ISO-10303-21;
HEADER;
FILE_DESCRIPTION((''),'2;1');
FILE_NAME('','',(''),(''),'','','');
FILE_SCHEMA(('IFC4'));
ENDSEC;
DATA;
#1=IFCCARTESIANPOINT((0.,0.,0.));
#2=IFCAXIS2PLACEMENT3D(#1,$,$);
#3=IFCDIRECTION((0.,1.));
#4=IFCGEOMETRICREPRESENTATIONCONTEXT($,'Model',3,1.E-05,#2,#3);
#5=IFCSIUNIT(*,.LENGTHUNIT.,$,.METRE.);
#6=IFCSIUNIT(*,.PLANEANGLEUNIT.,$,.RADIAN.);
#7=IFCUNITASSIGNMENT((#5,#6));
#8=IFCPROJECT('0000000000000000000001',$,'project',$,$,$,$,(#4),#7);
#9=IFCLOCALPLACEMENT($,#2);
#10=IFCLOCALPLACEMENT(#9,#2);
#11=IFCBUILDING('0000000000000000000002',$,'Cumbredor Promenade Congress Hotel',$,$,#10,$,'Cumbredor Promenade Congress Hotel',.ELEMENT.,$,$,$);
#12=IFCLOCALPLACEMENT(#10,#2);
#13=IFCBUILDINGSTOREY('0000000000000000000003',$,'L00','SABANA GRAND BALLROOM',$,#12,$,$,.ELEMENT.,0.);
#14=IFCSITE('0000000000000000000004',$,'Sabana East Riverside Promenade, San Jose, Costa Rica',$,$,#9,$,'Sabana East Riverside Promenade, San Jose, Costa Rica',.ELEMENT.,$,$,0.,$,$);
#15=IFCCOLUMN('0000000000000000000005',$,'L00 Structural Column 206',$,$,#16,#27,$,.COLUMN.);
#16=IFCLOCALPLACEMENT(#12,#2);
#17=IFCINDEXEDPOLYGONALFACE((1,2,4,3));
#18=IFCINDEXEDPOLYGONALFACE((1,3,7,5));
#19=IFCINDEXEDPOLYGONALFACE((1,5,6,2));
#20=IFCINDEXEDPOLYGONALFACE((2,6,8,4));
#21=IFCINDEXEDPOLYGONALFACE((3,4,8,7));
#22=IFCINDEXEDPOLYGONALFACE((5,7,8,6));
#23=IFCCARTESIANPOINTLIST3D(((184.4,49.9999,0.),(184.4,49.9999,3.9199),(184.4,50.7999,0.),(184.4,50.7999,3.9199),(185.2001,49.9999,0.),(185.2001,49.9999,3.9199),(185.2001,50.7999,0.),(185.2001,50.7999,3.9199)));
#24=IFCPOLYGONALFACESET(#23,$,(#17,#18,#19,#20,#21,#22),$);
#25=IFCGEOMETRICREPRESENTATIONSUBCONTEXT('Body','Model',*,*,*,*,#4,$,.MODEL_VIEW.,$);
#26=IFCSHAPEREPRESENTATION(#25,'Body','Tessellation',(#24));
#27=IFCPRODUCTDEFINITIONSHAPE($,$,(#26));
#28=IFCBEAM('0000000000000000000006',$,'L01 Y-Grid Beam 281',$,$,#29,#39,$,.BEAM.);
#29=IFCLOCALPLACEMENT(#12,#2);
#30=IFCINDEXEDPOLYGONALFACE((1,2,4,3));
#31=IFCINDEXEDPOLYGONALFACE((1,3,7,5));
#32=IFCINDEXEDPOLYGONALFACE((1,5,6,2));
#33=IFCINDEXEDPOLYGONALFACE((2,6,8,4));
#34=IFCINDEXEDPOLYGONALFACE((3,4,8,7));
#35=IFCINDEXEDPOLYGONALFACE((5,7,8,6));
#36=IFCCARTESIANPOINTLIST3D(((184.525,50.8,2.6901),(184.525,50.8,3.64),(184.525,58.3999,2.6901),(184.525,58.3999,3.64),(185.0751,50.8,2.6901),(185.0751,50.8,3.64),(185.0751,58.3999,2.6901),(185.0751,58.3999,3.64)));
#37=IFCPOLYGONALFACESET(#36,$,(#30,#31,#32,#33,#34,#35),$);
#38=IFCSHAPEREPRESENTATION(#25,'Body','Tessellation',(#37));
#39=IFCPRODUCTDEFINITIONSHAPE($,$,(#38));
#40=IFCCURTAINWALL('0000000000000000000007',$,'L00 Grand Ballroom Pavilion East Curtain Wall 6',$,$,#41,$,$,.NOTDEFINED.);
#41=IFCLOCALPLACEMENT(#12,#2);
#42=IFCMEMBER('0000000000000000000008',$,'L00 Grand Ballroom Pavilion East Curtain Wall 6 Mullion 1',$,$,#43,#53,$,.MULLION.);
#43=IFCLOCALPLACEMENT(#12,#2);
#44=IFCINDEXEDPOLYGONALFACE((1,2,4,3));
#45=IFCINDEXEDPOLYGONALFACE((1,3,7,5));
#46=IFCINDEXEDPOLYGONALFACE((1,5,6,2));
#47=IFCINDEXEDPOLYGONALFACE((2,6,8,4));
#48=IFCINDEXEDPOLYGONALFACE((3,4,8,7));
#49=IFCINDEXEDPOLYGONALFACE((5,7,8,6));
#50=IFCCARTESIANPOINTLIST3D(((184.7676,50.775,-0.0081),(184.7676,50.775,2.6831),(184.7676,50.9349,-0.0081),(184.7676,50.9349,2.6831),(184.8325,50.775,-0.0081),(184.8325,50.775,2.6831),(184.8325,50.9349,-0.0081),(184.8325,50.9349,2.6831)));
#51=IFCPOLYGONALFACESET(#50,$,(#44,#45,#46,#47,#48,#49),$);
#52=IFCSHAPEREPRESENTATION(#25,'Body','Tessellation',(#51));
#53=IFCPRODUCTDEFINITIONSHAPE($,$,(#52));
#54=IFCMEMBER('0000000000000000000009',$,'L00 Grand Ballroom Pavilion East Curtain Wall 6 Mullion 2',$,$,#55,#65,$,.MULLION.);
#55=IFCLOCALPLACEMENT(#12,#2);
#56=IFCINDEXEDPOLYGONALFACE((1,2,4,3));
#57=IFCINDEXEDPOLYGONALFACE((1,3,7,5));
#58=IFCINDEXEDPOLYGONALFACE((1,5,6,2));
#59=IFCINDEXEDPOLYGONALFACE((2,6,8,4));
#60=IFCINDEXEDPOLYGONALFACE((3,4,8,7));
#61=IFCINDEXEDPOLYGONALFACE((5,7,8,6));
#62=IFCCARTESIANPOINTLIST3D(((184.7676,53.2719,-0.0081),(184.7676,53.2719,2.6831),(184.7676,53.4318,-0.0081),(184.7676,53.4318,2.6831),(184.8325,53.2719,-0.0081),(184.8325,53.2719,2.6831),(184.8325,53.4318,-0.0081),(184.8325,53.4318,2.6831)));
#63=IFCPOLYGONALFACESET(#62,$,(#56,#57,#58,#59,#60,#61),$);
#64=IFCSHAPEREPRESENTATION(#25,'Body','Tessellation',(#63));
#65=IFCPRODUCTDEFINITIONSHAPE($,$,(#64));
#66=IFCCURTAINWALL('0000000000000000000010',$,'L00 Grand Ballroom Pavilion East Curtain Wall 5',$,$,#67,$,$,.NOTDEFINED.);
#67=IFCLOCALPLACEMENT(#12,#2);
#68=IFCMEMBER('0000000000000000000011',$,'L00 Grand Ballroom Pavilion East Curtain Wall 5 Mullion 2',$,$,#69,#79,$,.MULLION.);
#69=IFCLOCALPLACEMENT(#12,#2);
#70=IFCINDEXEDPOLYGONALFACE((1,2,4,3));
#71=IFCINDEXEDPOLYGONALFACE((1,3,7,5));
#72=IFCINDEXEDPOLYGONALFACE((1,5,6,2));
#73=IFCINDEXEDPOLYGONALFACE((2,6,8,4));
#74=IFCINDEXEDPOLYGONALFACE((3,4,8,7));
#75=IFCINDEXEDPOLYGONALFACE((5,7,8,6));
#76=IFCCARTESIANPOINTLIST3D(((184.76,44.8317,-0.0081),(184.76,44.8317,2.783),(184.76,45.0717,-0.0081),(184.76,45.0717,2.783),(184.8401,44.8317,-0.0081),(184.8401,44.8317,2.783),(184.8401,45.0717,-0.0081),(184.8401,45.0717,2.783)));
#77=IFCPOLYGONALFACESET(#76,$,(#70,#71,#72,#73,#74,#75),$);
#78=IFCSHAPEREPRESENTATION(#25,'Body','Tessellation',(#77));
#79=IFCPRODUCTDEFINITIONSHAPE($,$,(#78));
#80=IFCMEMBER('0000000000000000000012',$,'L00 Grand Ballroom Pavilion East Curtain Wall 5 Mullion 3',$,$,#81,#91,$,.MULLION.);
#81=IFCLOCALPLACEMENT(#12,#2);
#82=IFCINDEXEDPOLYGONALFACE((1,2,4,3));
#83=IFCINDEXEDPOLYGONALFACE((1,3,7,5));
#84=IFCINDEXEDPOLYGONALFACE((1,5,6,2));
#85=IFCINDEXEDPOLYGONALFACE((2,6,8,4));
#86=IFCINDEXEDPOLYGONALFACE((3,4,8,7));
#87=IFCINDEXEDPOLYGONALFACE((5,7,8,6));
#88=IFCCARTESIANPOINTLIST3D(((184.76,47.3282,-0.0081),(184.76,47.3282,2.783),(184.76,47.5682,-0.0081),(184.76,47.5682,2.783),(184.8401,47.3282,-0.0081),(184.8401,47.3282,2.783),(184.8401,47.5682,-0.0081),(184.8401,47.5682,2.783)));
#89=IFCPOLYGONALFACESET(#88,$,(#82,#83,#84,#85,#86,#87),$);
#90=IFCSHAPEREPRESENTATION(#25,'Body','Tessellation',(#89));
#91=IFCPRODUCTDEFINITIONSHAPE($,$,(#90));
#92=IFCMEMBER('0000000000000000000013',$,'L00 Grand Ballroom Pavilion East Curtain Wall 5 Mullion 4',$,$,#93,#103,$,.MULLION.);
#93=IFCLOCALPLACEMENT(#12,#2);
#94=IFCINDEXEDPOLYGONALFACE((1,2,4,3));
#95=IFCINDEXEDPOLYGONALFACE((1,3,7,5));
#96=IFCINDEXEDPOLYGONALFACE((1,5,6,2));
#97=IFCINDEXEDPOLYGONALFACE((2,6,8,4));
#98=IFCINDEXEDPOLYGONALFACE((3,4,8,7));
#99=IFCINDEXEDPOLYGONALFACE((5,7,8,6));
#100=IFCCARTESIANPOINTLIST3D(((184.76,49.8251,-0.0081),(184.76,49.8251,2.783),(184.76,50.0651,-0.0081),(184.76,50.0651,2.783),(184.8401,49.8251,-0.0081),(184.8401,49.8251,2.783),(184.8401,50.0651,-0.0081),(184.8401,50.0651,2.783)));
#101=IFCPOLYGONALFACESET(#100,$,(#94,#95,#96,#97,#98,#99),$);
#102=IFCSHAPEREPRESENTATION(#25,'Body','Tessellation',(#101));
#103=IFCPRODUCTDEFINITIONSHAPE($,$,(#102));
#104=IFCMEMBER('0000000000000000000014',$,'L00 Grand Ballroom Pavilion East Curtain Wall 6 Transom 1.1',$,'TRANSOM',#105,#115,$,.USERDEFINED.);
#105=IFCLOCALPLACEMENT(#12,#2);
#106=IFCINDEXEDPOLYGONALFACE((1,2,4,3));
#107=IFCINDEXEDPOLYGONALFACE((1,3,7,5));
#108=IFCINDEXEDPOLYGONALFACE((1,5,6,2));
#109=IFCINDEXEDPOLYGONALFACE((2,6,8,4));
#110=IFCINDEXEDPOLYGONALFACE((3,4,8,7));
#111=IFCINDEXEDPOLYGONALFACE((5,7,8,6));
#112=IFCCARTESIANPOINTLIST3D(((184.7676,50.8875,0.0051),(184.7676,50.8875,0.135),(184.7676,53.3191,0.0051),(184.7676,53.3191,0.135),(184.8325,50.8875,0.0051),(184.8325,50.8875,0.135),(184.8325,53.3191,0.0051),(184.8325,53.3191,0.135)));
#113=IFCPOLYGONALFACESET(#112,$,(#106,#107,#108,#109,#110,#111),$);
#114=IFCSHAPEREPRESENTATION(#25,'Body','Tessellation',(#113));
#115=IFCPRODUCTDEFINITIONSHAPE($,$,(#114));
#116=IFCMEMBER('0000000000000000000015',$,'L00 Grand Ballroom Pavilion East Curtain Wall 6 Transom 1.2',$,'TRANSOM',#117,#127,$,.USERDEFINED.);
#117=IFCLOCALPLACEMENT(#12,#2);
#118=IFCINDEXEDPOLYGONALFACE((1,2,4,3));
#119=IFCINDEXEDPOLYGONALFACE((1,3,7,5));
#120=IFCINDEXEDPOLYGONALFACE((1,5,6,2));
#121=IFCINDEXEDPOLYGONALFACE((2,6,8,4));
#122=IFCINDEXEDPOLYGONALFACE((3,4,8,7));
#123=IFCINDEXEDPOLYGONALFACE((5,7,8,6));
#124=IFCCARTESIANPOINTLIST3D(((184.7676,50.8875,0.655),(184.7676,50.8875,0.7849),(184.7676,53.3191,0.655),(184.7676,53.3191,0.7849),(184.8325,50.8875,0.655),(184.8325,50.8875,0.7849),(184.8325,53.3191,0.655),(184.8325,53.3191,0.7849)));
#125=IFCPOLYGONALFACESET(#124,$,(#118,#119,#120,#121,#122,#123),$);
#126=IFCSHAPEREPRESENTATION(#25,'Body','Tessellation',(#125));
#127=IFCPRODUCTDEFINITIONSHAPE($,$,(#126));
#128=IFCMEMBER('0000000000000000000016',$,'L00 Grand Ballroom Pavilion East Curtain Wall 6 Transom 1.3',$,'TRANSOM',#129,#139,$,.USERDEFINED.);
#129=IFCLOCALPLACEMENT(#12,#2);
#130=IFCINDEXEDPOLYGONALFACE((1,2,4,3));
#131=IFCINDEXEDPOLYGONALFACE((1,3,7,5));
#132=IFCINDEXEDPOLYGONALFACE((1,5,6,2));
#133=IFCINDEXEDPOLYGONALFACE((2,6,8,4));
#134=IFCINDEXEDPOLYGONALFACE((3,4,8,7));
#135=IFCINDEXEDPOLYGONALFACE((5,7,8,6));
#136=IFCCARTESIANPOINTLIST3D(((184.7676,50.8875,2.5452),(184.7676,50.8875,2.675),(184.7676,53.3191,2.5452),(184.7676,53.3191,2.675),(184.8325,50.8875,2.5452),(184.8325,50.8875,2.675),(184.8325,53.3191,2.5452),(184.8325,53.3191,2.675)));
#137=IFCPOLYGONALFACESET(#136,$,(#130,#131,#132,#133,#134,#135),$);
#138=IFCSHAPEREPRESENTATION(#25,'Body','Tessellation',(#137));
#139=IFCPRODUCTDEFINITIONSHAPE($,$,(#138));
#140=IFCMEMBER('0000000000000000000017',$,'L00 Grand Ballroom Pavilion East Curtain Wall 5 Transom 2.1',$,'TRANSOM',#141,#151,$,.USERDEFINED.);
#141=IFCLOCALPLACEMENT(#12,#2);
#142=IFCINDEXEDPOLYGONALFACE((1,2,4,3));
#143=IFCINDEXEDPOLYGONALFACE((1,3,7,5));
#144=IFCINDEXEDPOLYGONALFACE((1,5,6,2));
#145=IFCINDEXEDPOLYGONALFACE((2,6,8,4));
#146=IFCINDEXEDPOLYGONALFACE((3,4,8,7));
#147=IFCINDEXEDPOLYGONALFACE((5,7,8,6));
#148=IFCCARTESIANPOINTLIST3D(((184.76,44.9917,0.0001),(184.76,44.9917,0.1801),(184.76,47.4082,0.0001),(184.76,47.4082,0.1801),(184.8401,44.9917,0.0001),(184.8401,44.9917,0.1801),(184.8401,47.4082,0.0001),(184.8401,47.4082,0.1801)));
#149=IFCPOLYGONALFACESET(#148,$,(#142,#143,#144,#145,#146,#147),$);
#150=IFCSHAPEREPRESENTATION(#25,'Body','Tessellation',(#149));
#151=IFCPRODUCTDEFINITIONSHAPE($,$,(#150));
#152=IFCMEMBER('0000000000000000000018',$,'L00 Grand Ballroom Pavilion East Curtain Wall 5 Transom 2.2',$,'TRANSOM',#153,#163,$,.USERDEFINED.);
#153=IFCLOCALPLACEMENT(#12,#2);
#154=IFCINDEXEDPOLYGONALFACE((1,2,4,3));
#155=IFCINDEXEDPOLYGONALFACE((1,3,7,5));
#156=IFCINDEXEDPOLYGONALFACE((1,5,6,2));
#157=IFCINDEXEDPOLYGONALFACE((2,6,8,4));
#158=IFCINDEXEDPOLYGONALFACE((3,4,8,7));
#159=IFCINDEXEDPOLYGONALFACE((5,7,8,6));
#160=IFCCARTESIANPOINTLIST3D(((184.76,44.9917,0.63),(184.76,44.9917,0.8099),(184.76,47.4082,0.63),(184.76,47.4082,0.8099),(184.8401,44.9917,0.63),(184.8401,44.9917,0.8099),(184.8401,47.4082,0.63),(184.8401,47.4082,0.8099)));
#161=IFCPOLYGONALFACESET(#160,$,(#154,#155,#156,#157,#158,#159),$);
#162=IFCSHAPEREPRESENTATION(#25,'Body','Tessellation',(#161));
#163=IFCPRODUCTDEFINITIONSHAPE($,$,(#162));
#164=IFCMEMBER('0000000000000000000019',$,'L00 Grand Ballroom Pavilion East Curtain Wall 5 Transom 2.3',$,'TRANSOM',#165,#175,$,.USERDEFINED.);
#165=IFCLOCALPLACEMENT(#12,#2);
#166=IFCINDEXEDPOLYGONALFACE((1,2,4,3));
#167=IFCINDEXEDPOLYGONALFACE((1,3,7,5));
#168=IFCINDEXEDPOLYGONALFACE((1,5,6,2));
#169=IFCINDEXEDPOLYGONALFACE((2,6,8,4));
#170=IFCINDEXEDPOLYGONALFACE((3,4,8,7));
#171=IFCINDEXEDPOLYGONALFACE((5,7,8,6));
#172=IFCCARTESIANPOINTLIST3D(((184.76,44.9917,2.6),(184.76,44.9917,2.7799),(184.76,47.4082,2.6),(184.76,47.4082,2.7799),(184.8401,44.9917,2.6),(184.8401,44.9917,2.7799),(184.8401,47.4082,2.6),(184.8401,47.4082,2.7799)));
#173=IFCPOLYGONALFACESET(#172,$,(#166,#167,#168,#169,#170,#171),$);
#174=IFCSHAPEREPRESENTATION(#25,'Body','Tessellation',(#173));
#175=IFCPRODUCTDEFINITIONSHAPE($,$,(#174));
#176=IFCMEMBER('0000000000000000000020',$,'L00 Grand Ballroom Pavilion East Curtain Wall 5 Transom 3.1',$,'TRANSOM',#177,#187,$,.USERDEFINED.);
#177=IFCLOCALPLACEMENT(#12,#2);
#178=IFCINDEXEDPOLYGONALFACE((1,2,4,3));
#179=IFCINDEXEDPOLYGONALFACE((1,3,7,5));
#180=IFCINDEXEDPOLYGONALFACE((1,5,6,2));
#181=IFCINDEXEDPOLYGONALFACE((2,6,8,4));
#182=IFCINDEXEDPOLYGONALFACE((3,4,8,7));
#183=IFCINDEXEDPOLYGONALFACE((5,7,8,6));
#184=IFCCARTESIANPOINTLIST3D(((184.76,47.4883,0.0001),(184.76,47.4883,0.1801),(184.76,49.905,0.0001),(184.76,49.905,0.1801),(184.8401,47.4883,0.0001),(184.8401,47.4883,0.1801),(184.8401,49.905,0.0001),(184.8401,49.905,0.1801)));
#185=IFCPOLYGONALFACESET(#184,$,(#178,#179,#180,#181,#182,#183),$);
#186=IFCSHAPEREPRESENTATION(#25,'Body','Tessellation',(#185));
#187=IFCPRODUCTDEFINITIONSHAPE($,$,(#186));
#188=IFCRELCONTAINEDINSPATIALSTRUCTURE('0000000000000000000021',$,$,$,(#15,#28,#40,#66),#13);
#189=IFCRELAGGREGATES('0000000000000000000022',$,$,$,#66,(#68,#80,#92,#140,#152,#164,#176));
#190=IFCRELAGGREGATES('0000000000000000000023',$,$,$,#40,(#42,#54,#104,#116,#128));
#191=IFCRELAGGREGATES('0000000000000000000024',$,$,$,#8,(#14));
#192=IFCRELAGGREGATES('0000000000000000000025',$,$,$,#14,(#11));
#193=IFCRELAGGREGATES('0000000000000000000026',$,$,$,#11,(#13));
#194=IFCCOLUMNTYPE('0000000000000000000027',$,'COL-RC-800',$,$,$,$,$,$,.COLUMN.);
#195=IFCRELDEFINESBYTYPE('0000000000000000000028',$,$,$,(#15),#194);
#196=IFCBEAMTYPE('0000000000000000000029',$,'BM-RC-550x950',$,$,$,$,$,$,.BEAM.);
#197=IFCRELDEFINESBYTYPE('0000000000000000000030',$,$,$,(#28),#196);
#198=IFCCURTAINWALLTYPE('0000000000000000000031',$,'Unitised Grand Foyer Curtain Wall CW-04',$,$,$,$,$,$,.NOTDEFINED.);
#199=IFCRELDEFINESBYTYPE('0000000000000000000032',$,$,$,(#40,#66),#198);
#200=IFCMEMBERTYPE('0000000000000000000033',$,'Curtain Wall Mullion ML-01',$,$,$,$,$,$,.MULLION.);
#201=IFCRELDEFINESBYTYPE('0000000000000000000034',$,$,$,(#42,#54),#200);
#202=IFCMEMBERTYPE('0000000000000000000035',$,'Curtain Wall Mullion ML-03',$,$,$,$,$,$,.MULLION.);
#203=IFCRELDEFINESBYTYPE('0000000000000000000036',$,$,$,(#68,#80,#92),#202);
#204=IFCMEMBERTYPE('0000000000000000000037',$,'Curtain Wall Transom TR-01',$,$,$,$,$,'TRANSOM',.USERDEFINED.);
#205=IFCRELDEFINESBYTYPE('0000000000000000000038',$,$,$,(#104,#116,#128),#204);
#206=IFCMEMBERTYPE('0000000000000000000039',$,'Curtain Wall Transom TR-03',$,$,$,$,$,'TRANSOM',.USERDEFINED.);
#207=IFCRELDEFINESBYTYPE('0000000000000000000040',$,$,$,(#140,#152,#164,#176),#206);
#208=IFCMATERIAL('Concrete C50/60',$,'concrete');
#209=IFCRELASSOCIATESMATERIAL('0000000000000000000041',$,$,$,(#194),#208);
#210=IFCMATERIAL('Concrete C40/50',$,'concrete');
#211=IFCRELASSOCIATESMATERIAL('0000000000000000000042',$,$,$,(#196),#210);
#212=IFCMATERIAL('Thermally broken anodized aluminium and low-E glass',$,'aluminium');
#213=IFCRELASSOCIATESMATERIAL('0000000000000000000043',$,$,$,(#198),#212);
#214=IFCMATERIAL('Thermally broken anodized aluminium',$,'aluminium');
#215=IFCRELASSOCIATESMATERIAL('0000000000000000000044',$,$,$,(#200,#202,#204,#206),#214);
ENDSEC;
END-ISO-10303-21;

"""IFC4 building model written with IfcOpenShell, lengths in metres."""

from ifc_helpers import new_model, si_unit, direction, frame, origin, origin_2d, place, context, subcontext, project, spatial, rectangle, extrude, material, material_profile, profile_set, type_object, element, aggregate, save


model = new_model("IFC4")

# Units and contexts
model_context = context("Model", 3, precision=1e-05, world=origin(), true_north=direction((0.0, 1.0)))
body_context = subcontext(model_context, "Body", "Model", "MODEL_VIEW")
ifc_project = project(units=[si_unit("LENGTHUNIT", "METRE"), si_unit("PLANEANGLEUNIT", "RADIAN")], contexts=[model_context])

# Site, building, storey
site_placement = place(None, origin())
site = spatial("IfcSite", under=ifc_project, at=site_placement, Name="Sabana East Riverside Promenade, San Jose, Costa Rica", LongName="Sabana East Riverside Promenade, San Jose, Costa Rica", CompositionType="ELEMENT", RefElevation=0.0)
building_placement = place(site_placement, origin())
building = spatial("IfcBuilding", under=site, at=building_placement, Name="Cumbredor Promenade Congress Hotel", LongName="Cumbredor Promenade Congress Hotel", CompositionType="ELEMENT")
storey_placement = place(building_placement, origin())
storey = spatial("IfcBuildingStorey", under=building, at=storey_placement, Name="L00", Description="SABANA GRAND BALLROOM", CompositionType="ELEMENT", Elevation=0.0)

# Column
ifc_material_1 = material(Name="Concrete C50/60", Category="concrete")
ifc_material_profile_1 = material_profile(ifc_material_1, rectangle(XDim=0.8, YDim=0.8, at=origin_2d()), Name="RC 800x800")
ifc_profile_set_1 = profile_set([ifc_material_profile_1], Name="Concrete C50/60")
column_type = type_object("IfcColumnType", Name="COL-RC-800", PredefinedType="COLUMN", material=ifc_profile_set_1)
column_placement = place(storey_placement, frame((184.8, 50.3999, 0.0), z_axis=(0.0, 0.0, 1.0), x_axis=(1.0, 0.0, 0.0)))
element("IfcColumn", 1, at=column_placement, inside=storey, type_object=column_type, Name="L00 Structural Column 206", PredefinedType="COLUMN", context=body_context, shape_type="SweptSolid", body=[
    extrude(rectangle(XDim=0.8, YDim=0.8, at=origin_2d()), origin(), (0.0, 0.0, 1.0), 3.9199),
])

# Beam
ifc_material_2 = material(Name="Concrete C40/50", Category="concrete")
ifc_material_profile_2 = material_profile(ifc_material_2, rectangle(XDim=0.55, YDim=0.95, at=origin_2d()), Name="RC BEAM 550x950")
ifc_profile_set_2 = profile_set([ifc_material_profile_2], Name="Concrete C40/50")
beam_type = type_object("IfcBeamType", Name="BM-RC-550x950", PredefinedType="BEAM", material=ifc_profile_set_2)
beam_placement = place(storey_placement, frame((184.8, 50.8, 3.165), z_axis=(0.0, 1.0, 0.0), x_axis=(-1.0, 0.0, 0.0)))
element("IfcBeam", 2, at=beam_placement, inside=storey, type_object=beam_type, Name="L01 Y-Grid Beam 281", PredefinedType="BEAM", context=body_context, shape_type="SweptSolid", body=[
    extrude(rectangle(XDim=0.55, YDim=0.95, at=origin_2d()), origin(), (0.0, 0.0, 1.0), 7.5999),
])

# Curtain walls, members
ifc_material_3 = material(Name="Thermally broken anodized aluminium and low-E glass", Category="aluminium")
curtain_wall_type = type_object("IfcCurtainWallType", Name="Unitised Grand Foyer Curtain Wall CW-04", PredefinedType="NOTDEFINED", material=ifc_material_3)
curtain_wall_1_placement = place(storey_placement, origin())
curtain_wall_1 = element("IfcCurtainWall", 3, at=curtain_wall_1_placement, inside=storey, type_object=curtain_wall_type, Name="L00 Grand Ballroom Pavilion East Curtain Wall 6", PredefinedType="NOTDEFINED")
ifc_material_4 = material(Name="Thermally broken anodized aluminium", Category="aluminium")
ifc_material_profile_3 = material_profile(ifc_material_4, rectangle(XDim=0.0649, YDim=0.1599, at=origin_2d()), Name="ALU MULLION 65x160")
ifc_profile_set_3 = profile_set([ifc_material_profile_3], Name="Thermally broken anodized aluminium")
member_type_1 = type_object("IfcMemberType", Name="Curtain Wall Mullion ML-01", PredefinedType="MULLION", material=ifc_profile_set_3)
member_1_placement = place(storey_placement, frame((184.8, 50.855, -0.0081), z_axis=(0.0, 0.0, 1.0), x_axis=(1.0, 0.0, 0.0)))
member_1 = element("IfcMember", 4, at=member_1_placement, type_object=member_type_1, Name="L00 Grand Ballroom Pavilion East Curtain Wall 6 Mullion 1", PredefinedType="MULLION", context=body_context, shape_type="SweptSolid", body=[
    extrude(rectangle(XDim=0.0649, YDim=0.1599, at=origin_2d()), origin(), (0.0, 0.0, 1.0), 2.6912),
])
member_2_placement = place(storey_placement, frame((184.8, 53.3518, -0.0081), z_axis=(0.0, 0.0, 1.0), x_axis=(1.0, 0.0, 0.0)))
member_2 = element("IfcMember", 5, at=member_2_placement, type_object=member_type_1, Name="L00 Grand Ballroom Pavilion East Curtain Wall 6 Mullion 2", PredefinedType="MULLION", context=body_context, shape_type="SweptSolid", body=[
    extrude(rectangle(XDim=0.0649, YDim=0.1599, at=origin_2d()), origin(), (0.0, 0.0, 1.0), 2.6912),
])
curtain_wall_2_placement = place(storey_placement, origin())
curtain_wall_2 = element("IfcCurtainWall", 6, at=curtain_wall_2_placement, inside=storey, type_object=curtain_wall_type, Name="L00 Grand Ballroom Pavilion East Curtain Wall 5", PredefinedType="NOTDEFINED")
ifc_material_profile_4 = material_profile(ifc_material_4, rectangle(XDim=0.0801, YDim=0.24, at=origin_2d()), Name="ALU MULLION 80x240")
ifc_profile_set_4 = profile_set([ifc_material_profile_4], Name="Thermally broken anodized aluminium")
member_type_2 = type_object("IfcMemberType", Name="Curtain Wall Mullion ML-03", PredefinedType="MULLION", material=ifc_profile_set_4)
member_3_placement = place(storey_placement, frame((184.8, 44.9517, -0.0081), z_axis=(0.0, 0.0, 1.0), x_axis=(1.0, 0.0, 0.0)))
member_3 = element("IfcMember", 7, at=member_3_placement, type_object=member_type_2, Name="L00 Grand Ballroom Pavilion East Curtain Wall 5 Mullion 2", PredefinedType="MULLION", context=body_context, shape_type="SweptSolid", body=[
    extrude(rectangle(XDim=0.0801, YDim=0.24, at=origin_2d()), origin(), (0.0, 0.0, 1.0), 2.791),
])
member_4_placement = place(storey_placement, frame((184.8, 47.4482, -0.0081), z_axis=(0.0, 0.0, 1.0), x_axis=(1.0, 0.0, 0.0)))
member_4 = element("IfcMember", 8, at=member_4_placement, type_object=member_type_2, Name="L00 Grand Ballroom Pavilion East Curtain Wall 5 Mullion 3", PredefinedType="MULLION", context=body_context, shape_type="SweptSolid", body=[
    extrude(rectangle(XDim=0.0801, YDim=0.24, at=origin_2d()), origin(), (0.0, 0.0, 1.0), 2.791),
])
member_5_placement = place(storey_placement, frame((184.8, 49.9451, -0.0081), z_axis=(0.0, 0.0, 1.0), x_axis=(1.0, 0.0, 0.0)))
member_5 = element("IfcMember", 9, at=member_5_placement, type_object=member_type_2, Name="L00 Grand Ballroom Pavilion East Curtain Wall 5 Mullion 4", PredefinedType="MULLION", context=body_context, shape_type="SweptSolid", body=[
    extrude(rectangle(XDim=0.0801, YDim=0.24, at=origin_2d()), origin(), (0.0, 0.0, 1.0), 2.791),
])

# Members
ifc_material_profile_5 = material_profile(ifc_material_4, rectangle(XDim=0.0649, YDim=0.1299, at=origin_2d()), Name="ALU TRANSOM 65x130")
ifc_profile_set_5 = profile_set([ifc_material_profile_5], Name="Thermally broken anodized aluminium")
member_type_3 = type_object("IfcMemberType", Name="Curtain Wall Transom TR-01", ElementType="TRANSOM", PredefinedType="USERDEFINED", material=ifc_profile_set_5)
member_6_placement = place(storey_placement, frame((184.8, 50.8875, 0.0701), z_axis=(0.0, 1.0, 0.0), x_axis=(-1.0, 0.0, 0.0)))
member_6 = element("IfcMember", 10, at=member_6_placement, type_object=member_type_3, Name="L00 Grand Ballroom Pavilion East Curtain Wall 6 Transom 1.1", ObjectType="TRANSOM", PredefinedType="USERDEFINED", context=body_context, shape_type="SweptSolid", body=[
    extrude(rectangle(XDim=0.0649, YDim=0.1299, at=origin_2d()), origin(), (0.0, 0.0, 1.0), 2.4316),
])
member_7_placement = place(storey_placement, frame((184.8, 50.8875, 0.72), z_axis=(0.0, 1.0, 0.0), x_axis=(-1.0, 0.0, 0.0)))
member_7 = element("IfcMember", 11, at=member_7_placement, type_object=member_type_3, Name="L00 Grand Ballroom Pavilion East Curtain Wall 6 Transom 1.2", ObjectType="TRANSOM", PredefinedType="USERDEFINED", context=body_context, shape_type="SweptSolid", body=[
    extrude(rectangle(XDim=0.0649, YDim=0.1299, at=origin_2d()), origin(), (0.0, 0.0, 1.0), 2.4316),
])
member_8_placement = place(storey_placement, frame((184.8, 50.8875, 2.6101), z_axis=(0.0, 1.0, 0.0), x_axis=(-1.0, 0.0, 0.0)))
member_8 = element("IfcMember", 12, at=member_8_placement, type_object=member_type_3, Name="L00 Grand Ballroom Pavilion East Curtain Wall 6 Transom 1.3", ObjectType="TRANSOM", PredefinedType="USERDEFINED", context=body_context, shape_type="SweptSolid", body=[
    extrude(rectangle(XDim=0.0649, YDim=0.1299, at=origin_2d()), origin(), (0.0, 0.0, 1.0), 2.4316),
])
ifc_material_profile_6 = material_profile(ifc_material_4, rectangle(XDim=0.0801, YDim=0.1799, at=origin_2d()), Name="ALU TRANSOM 80x180")
ifc_profile_set_6 = profile_set([ifc_material_profile_6], Name="Thermally broken anodized aluminium")
member_type_4 = type_object("IfcMemberType", Name="Curtain Wall Transom TR-03", ElementType="TRANSOM", PredefinedType="USERDEFINED", material=ifc_profile_set_6)
member_9_placement = place(storey_placement, frame((184.8, 44.9917, 0.0901), z_axis=(0.0, 1.0, 0.0), x_axis=(-1.0, 0.0, 0.0)))
member_9 = element("IfcMember", 13, at=member_9_placement, type_object=member_type_4, Name="L00 Grand Ballroom Pavilion East Curtain Wall 5 Transom 2.1", ObjectType="TRANSOM", PredefinedType="USERDEFINED", context=body_context, shape_type="SweptSolid", body=[
    extrude(rectangle(XDim=0.0801, YDim=0.1799, at=origin_2d()), origin(), (0.0, 0.0, 1.0), 2.4165),
])
member_10_placement = place(storey_placement, frame((184.8, 44.9917, 0.72), z_axis=(0.0, 1.0, 0.0), x_axis=(-1.0, 0.0, 0.0)))
member_10 = element("IfcMember", 14, at=member_10_placement, type_object=member_type_4, Name="L00 Grand Ballroom Pavilion East Curtain Wall 5 Transom 2.2", ObjectType="TRANSOM", PredefinedType="USERDEFINED", context=body_context, shape_type="SweptSolid", body=[
    extrude(rectangle(XDim=0.0801, YDim=0.1799, at=origin_2d()), origin(), (0.0, 0.0, 1.0), 2.4165),
])
member_11_placement = place(storey_placement, frame((184.8, 44.9917, 2.6899), z_axis=(0.0, 1.0, 0.0), x_axis=(-1.0, 0.0, 0.0)))
member_11 = element("IfcMember", 15, at=member_11_placement, type_object=member_type_4, Name="L00 Grand Ballroom Pavilion East Curtain Wall 5 Transom 2.3", ObjectType="TRANSOM", PredefinedType="USERDEFINED", context=body_context, shape_type="SweptSolid", body=[
    extrude(rectangle(XDim=0.0801, YDim=0.1799, at=origin_2d()), origin(), (0.0, 0.0, 1.0), 2.4165),
])
member_12_placement = place(storey_placement, frame((184.8, 47.4883, 0.0901), z_axis=(0.0, 1.0, 0.0), x_axis=(-1.0, 0.0, 0.0)))
member_12 = element("IfcMember", 16, at=member_12_placement, type_object=member_type_4, Name="L00 Grand Ballroom Pavilion East Curtain Wall 5 Transom 3.1", ObjectType="TRANSOM", PredefinedType="USERDEFINED", context=body_context, shape_type="SweptSolid", body=[
    extrude(rectangle(XDim=0.0801, YDim=0.1799, at=origin_2d()), origin(), (0.0, 0.0, 1.0), 2.4167),
])

aggregate(curtain_wall_2, [member_3, member_4, member_5, member_9, member_10, member_11, member_12])
aggregate(curtain_wall_1, [member_1, member_2, member_6, member_7, member_8])

save(model, "model.ifc")
